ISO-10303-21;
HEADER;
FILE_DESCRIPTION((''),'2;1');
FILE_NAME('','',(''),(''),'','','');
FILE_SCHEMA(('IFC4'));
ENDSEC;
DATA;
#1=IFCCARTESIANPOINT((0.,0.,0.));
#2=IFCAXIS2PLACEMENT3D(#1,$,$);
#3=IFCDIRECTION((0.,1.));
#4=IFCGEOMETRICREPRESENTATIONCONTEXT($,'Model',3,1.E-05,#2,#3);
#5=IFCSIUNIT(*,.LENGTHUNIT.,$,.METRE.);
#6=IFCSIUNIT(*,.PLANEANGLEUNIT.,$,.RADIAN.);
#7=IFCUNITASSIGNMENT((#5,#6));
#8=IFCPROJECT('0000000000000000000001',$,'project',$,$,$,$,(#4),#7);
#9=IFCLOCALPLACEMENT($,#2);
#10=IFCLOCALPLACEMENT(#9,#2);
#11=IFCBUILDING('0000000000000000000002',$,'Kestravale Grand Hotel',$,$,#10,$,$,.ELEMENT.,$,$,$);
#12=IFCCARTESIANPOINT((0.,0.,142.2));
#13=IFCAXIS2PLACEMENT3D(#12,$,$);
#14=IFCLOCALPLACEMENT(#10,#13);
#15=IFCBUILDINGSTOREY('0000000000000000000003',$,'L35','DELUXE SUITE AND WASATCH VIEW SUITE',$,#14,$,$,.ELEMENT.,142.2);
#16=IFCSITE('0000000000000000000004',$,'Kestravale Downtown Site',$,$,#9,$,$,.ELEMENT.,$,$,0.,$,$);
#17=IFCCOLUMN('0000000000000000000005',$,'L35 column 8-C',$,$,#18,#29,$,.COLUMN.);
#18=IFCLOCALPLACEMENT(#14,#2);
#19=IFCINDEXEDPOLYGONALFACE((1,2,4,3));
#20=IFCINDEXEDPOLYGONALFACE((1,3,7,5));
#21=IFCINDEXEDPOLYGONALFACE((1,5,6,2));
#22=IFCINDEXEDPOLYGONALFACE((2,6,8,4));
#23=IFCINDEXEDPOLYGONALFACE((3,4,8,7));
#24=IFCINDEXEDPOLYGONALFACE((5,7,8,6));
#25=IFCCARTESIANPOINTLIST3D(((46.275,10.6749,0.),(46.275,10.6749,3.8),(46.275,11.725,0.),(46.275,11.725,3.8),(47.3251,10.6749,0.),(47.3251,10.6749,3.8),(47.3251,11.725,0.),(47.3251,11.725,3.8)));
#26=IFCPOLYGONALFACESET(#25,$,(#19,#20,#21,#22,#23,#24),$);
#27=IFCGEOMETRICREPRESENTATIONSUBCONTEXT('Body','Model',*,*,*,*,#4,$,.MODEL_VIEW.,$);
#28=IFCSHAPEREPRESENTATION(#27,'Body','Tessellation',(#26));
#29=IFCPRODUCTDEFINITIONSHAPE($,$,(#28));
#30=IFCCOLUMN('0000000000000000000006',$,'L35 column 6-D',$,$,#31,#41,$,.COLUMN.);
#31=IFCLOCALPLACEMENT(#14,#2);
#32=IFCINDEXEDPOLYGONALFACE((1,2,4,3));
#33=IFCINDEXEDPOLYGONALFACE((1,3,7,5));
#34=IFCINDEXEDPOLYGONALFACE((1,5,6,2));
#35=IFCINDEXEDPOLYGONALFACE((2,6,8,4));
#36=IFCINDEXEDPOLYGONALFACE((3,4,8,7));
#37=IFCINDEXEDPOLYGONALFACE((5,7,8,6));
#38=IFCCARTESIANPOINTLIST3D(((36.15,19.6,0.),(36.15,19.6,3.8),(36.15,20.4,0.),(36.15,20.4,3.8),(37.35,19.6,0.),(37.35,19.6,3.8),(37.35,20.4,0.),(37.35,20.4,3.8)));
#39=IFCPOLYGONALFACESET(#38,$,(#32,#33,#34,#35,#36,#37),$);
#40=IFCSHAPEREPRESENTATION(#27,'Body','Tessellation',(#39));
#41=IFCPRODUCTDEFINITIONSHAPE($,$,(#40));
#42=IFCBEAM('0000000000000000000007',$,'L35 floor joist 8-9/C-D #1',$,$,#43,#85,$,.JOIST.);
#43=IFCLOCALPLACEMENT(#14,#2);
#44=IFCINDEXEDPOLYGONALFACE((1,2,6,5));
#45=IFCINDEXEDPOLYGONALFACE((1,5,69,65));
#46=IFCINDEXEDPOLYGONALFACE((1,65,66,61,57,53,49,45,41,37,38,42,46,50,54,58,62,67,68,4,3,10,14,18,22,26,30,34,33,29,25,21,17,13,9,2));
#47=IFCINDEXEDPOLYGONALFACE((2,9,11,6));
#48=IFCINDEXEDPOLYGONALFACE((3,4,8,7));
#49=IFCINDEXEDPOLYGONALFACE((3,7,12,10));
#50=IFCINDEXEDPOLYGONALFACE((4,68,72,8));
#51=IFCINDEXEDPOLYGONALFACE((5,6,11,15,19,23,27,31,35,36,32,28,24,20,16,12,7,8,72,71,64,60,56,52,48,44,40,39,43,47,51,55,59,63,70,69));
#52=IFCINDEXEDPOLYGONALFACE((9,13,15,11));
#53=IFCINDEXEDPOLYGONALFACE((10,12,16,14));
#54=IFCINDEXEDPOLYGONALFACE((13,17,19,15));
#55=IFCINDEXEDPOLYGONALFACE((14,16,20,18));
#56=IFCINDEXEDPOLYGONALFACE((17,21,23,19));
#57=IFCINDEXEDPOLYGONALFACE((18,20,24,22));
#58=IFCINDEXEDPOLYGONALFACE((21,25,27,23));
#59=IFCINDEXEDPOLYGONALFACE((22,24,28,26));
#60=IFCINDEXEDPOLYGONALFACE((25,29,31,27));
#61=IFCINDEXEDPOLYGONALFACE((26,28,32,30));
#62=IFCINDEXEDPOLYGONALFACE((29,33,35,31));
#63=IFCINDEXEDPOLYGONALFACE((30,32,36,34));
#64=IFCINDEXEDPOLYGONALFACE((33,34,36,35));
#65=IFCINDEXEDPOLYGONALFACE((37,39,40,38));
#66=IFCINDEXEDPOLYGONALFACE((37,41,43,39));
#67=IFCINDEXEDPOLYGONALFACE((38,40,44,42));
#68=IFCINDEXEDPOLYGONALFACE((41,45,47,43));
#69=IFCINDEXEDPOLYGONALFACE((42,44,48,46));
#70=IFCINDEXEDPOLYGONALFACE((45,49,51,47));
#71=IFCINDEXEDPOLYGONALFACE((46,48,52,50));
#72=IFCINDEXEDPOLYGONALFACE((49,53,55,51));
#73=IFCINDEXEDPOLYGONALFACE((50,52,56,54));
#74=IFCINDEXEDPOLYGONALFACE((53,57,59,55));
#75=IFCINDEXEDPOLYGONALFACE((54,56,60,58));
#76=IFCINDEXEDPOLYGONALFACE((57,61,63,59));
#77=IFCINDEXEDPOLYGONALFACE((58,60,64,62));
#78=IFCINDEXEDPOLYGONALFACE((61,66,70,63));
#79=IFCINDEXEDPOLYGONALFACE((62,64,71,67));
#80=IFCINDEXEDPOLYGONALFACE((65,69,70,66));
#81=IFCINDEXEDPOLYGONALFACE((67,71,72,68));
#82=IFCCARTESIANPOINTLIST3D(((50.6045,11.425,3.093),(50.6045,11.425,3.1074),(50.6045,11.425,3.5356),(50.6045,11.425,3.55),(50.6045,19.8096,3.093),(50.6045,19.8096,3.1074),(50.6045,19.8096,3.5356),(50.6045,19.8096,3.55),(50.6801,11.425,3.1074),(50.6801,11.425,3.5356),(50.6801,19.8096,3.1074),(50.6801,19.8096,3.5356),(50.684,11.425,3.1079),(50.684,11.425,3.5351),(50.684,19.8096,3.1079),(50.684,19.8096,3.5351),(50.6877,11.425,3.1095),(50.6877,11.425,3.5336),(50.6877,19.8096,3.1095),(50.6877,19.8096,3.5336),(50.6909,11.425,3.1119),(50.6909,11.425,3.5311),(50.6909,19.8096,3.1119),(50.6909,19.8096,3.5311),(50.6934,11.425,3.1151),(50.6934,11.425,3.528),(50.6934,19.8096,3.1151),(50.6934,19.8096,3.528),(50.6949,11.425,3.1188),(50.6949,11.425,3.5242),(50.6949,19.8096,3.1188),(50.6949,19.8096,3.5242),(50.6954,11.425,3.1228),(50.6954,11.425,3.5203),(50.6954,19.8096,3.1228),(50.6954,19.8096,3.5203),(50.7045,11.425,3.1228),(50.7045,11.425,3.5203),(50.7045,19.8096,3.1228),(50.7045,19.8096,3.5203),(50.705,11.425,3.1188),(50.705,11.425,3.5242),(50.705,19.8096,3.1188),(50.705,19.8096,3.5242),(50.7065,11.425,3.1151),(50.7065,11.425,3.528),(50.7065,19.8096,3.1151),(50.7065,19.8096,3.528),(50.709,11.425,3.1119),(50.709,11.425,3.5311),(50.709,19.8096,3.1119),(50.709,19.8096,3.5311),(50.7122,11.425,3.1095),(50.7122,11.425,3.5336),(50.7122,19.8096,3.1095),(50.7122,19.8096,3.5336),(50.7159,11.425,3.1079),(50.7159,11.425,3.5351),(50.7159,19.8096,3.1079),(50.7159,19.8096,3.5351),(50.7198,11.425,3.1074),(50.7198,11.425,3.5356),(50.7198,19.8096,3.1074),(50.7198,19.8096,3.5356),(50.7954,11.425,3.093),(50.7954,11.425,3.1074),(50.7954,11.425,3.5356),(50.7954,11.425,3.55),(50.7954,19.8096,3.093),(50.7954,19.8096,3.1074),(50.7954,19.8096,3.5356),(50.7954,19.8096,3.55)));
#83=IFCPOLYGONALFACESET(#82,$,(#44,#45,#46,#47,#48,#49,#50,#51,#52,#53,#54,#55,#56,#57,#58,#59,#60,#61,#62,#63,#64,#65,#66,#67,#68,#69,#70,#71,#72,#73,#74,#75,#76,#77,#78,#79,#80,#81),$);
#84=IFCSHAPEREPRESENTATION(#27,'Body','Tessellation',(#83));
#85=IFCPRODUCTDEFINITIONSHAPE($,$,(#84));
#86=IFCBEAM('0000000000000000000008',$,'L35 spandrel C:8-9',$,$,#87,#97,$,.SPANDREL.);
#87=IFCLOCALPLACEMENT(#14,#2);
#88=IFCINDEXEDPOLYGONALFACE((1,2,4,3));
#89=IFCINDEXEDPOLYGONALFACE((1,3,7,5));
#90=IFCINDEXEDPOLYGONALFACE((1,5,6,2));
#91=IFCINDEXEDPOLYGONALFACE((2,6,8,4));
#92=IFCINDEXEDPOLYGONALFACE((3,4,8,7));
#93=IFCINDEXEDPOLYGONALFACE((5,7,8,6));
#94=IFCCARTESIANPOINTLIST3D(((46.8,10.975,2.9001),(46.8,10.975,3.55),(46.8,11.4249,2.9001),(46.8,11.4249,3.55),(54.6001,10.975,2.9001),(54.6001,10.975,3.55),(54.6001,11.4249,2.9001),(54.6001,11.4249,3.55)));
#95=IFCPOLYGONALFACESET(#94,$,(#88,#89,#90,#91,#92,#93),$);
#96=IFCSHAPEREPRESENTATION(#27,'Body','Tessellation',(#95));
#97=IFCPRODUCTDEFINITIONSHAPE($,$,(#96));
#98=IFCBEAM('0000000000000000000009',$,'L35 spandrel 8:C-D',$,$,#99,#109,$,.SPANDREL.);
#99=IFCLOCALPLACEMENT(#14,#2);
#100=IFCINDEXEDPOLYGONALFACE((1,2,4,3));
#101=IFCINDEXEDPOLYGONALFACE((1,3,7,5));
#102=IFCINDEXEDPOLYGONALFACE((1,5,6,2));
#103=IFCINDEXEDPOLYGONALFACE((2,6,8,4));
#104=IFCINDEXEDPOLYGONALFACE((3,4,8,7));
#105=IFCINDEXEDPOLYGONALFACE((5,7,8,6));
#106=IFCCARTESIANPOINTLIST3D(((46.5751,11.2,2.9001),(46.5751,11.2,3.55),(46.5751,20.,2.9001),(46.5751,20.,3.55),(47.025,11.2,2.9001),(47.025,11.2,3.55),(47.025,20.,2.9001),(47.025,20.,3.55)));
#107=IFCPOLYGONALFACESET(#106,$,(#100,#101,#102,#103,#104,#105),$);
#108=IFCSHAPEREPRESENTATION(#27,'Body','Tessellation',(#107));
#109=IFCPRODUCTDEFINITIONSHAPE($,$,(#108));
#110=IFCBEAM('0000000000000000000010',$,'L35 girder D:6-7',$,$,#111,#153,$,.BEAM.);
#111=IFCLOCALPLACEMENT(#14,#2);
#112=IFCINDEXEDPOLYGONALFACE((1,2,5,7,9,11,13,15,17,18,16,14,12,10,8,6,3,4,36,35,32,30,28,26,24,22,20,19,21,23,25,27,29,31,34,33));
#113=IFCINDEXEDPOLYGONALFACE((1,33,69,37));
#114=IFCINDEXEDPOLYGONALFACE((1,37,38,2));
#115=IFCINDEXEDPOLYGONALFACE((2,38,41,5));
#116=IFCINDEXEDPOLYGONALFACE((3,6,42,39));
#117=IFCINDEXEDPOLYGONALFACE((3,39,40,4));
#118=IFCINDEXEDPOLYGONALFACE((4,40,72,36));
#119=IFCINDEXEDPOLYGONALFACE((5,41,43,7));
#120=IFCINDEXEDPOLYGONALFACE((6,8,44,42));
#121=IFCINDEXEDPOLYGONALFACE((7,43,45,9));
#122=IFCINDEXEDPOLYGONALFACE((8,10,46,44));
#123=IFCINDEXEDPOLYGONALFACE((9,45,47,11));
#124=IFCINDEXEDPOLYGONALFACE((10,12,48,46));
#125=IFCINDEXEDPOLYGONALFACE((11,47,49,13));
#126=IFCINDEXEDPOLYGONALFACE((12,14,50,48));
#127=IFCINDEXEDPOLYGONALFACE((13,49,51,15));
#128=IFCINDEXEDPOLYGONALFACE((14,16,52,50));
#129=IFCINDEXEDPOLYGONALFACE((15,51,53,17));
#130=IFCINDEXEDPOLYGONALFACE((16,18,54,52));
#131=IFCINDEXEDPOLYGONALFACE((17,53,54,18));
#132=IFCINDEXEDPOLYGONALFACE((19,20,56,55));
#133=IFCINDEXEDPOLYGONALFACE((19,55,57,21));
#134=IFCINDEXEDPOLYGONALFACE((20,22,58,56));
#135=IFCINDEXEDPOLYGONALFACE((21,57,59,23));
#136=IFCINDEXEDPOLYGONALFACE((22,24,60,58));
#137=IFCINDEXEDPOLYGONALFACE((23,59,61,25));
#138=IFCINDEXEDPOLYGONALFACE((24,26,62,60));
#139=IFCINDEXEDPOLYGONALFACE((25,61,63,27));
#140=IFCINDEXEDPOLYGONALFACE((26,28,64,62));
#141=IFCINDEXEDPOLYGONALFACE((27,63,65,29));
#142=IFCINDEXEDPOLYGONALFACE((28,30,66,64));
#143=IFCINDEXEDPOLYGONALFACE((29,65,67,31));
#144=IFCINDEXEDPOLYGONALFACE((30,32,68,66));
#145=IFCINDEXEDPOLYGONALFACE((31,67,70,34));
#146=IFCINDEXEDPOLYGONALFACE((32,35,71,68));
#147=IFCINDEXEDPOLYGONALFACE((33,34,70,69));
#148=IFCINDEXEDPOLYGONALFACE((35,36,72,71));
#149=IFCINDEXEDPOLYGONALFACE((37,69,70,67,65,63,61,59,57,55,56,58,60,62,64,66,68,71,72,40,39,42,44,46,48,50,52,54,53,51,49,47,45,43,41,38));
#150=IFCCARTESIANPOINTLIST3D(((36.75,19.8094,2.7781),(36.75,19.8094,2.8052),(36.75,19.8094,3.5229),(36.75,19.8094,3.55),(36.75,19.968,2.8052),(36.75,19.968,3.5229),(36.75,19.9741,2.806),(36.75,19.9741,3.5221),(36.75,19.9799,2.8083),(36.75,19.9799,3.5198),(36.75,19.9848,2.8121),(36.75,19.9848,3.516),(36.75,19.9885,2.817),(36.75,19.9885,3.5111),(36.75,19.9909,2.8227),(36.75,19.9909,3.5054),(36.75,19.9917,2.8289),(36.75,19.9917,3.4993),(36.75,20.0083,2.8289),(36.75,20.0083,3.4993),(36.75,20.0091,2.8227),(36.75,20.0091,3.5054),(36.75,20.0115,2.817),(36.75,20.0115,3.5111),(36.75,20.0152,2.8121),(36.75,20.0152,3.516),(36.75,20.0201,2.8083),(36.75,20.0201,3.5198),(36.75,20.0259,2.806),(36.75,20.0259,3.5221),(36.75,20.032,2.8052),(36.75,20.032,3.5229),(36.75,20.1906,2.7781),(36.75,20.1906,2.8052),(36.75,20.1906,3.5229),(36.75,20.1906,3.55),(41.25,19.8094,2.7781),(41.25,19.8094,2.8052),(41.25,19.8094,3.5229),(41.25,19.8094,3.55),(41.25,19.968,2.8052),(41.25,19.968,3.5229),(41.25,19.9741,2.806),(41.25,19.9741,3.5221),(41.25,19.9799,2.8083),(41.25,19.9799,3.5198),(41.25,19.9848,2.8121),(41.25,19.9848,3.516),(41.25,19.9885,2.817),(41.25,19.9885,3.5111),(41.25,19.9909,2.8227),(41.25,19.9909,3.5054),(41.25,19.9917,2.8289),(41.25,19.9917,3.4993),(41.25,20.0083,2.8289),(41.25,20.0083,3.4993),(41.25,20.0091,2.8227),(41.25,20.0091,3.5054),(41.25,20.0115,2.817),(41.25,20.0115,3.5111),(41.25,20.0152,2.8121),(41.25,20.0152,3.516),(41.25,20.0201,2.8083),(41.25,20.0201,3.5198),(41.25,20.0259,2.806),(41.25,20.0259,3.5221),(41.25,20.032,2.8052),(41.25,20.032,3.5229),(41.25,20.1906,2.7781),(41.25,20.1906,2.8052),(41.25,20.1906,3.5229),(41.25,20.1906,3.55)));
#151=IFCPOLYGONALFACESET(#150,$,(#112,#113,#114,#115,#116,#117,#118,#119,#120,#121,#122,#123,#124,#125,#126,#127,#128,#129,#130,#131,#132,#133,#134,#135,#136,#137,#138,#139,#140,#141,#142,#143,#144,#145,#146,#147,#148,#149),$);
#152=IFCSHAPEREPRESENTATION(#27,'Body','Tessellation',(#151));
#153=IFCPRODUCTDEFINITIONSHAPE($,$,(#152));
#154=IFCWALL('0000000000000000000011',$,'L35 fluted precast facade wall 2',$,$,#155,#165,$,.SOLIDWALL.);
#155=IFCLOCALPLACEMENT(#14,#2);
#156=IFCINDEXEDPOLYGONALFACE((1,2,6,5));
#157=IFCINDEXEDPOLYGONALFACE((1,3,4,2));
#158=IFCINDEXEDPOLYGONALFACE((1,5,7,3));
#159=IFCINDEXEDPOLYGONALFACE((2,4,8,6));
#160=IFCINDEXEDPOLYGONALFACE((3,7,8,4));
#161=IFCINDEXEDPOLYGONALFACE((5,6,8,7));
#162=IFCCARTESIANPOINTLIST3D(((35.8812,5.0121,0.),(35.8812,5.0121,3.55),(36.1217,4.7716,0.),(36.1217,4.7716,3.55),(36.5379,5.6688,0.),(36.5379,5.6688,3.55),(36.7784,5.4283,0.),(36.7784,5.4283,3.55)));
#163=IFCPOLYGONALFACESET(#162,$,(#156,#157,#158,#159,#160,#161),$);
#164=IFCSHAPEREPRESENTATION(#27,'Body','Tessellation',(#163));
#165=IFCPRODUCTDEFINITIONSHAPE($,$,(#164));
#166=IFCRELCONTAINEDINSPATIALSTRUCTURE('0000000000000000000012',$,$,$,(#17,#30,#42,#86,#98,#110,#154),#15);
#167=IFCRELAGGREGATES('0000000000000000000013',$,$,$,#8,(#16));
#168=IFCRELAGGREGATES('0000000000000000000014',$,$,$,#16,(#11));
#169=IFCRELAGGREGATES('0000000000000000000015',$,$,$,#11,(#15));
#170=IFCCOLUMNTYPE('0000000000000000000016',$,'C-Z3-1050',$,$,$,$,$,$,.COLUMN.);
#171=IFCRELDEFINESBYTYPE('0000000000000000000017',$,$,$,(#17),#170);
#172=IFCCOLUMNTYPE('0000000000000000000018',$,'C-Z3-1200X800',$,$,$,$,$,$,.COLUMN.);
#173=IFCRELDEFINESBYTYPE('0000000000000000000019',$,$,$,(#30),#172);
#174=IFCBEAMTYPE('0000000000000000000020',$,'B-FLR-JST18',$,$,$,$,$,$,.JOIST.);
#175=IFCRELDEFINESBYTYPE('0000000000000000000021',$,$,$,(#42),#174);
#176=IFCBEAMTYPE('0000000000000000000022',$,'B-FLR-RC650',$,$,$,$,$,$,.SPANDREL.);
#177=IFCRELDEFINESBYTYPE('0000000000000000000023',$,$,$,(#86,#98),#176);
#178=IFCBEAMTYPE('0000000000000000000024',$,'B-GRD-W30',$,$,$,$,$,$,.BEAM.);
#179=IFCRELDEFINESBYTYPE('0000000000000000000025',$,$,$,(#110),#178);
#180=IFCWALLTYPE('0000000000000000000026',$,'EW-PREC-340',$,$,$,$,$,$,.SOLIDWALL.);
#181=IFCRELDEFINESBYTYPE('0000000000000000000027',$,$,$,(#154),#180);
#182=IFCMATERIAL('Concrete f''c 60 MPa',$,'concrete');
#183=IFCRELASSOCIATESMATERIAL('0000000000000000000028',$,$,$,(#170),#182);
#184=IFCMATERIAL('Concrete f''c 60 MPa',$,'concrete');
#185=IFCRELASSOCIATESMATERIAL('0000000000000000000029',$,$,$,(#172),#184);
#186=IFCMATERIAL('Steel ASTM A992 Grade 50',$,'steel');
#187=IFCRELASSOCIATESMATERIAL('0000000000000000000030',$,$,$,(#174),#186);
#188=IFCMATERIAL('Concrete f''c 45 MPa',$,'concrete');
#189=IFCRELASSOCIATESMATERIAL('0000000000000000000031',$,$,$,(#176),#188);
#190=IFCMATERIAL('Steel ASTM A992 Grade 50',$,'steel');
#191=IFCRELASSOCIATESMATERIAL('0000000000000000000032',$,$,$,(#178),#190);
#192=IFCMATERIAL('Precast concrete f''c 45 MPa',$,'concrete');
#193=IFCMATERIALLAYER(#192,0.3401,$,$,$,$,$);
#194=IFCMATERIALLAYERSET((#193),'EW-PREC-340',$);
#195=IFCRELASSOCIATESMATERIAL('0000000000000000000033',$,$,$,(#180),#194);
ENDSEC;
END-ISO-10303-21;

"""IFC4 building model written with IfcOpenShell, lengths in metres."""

from ifc_helpers import new_model, si_unit, direction, frame, frame_2d, origin, origin_2d, place, context, subcontext, project, spatial, rectangle, i_section, extrude, material, layer, layer_set, material_profile, profile_set, type_object, element, save


model = new_model("IFC4")

# Units and contexts
model_context = context("Model", 3, precision=1e-05, world=origin(), true_north=direction((0.0, 1.0)))
body_context = subcontext(model_context, "Body", "Model", "MODEL_VIEW")
ifc_project = project(units=[si_unit("LENGTHUNIT", "METRE"), si_unit("PLANEANGLEUNIT", "RADIAN")], contexts=[model_context])

# Site, building, storey
site_placement = place(None, origin())
site = spatial("IfcSite", under=ifc_project, at=site_placement, Name="Kestravale Downtown Site", CompositionType="ELEMENT", RefElevation=0.0)
building_placement = place(site_placement, origin())
building = spatial("IfcBuilding", under=site, at=building_placement, Name="Kestravale Grand Hotel", CompositionType="ELEMENT")
storey_placement = place(building_placement, frame((0.0, 0.0, 142.2)))
storey = spatial("IfcBuildingStorey", under=building, at=storey_placement, Name="L35", Description="DELUXE SUITE AND WASATCH VIEW SUITE", CompositionType="ELEMENT", Elevation=142.2)

# Columns
ifc_material_1 = material(Name="Concrete f'c 60 MPa", Category="concrete")
ifc_material_profile_1 = material_profile(ifc_material_1, rectangle(XDim=1.05, YDim=1.05, at=origin_2d()))
ifc_profile_set_1 = profile_set([ifc_material_profile_1], Name="Concrete f'c 60 MPa")
column_type_1 = type_object("IfcColumnType", Name="C-Z3-1050", PredefinedType="COLUMN", material=ifc_profile_set_1)
column_1_placement = place(storey_placement, frame((46.8, 11.2, 0.0), z_axis=(0.0, 0.0, 1.0), x_axis=(1.0, 0.0, 0.0)))
element("IfcColumn", 1, at=column_1_placement, inside=storey, type_object=column_type_1, Name="L35 column 8-C", PredefinedType="COLUMN", context=body_context, shape_type="SweptSolid", body=[
    extrude(rectangle(XDim=1.05, YDim=1.05, at=origin_2d()), origin(), (0.0, 0.0, 1.0), 3.8),
])
ifc_material_2 = material(Name="Concrete f'c 60 MPa", Category="concrete")
ifc_material_profile_2 = material_profile(ifc_material_2, rectangle(XDim=1.2, YDim=0.8, at=origin_2d()))
ifc_profile_set_2 = profile_set([ifc_material_profile_2], Name="Concrete f'c 60 MPa")
column_type_2 = type_object("IfcColumnType", Name="C-Z3-1200X800", PredefinedType="COLUMN", material=ifc_profile_set_2)
column_2_placement = place(storey_placement, frame((36.75, 20.0, 0.0), z_axis=(0.0, 0.0, 1.0), x_axis=(1.0, 0.0, 0.0)))
element("IfcColumn", 2, at=column_2_placement, inside=storey, type_object=column_type_2, Name="L35 column 6-D", PredefinedType="COLUMN", context=body_context, shape_type="SweptSolid", body=[
    extrude(rectangle(XDim=1.2, YDim=0.8, at=origin_2d()), origin(), (0.0, 0.0, 1.0), 3.8),
])

# Beams
ifc_material_3 = material(Name="Steel ASTM A992 Grade 50", Category="steel")
ifc_material_profile_3 = material_profile(ifc_material_3, i_section(OverallWidth=0.1909, OverallDepth=0.457, WebThickness=0.009, FlangeThickness=0.0144, FilletRadius=0.0154, at=origin_2d()))
ifc_profile_set_3 = profile_set([ifc_material_profile_3], Name="Steel ASTM A992 Grade 50")
beam_type_1 = type_object("IfcBeamType", Name="B-FLR-JST18", PredefinedType="JOIST", material=ifc_profile_set_3)
beam_1_placement = place(storey_placement, frame((50.7, 11.425, 3.3215), z_axis=(0.0, 1.0, 0.0), x_axis=(-1.0, 0.0, 0.0)))
element("IfcBeam", 3, at=beam_1_placement, inside=storey, type_object=beam_type_1, Name="L35 floor joist 8-9/C-D #1", PredefinedType="JOIST", context=body_context, shape_type="SweptSolid", body=[
    extrude(i_section(OverallWidth=0.1909, OverallDepth=0.457, WebThickness=0.009, FlangeThickness=0.0144, FilletRadius=0.0154, at=origin_2d()), origin(), (0.0, 0.0, 1.0), 8.3845),
])
ifc_material_4 = material(Name="Concrete f'c 45 MPa", Category="concrete")
ifc_material_profile_4 = material_profile(ifc_material_4, rectangle(XDim=0.45, YDim=0.6499, at=origin_2d()))
ifc_profile_set_4 = profile_set([ifc_material_profile_4], Name="Concrete f'c 45 MPa")
beam_type_2 = type_object("IfcBeamType", Name="B-FLR-RC650", PredefinedType="SPANDREL", material=ifc_profile_set_4)
beam_2_placement = place(storey_placement, frame((46.8, 11.2, 3.2251), z_axis=(1.0, 0.0, 0.0), x_axis=(0.0, 1.0, 0.0)))
element("IfcBeam", 4, at=beam_2_placement, inside=storey, type_object=beam_type_2, Name="L35 spandrel C:8-9", PredefinedType="SPANDREL", context=body_context, shape_type="SweptSolid", body=[
    extrude(rectangle(XDim=0.45, YDim=0.6499, at=origin_2d()), origin(), (0.0, 0.0, 1.0), 7.8),
])
beam_3_placement = place(storey_placement, frame((46.8, 11.2, 3.2251), z_axis=(0.0, 1.0, 0.0), x_axis=(-1.0, 0.0, 0.0)))
element("IfcBeam", 5, at=beam_3_placement, inside=storey, type_object=beam_type_2, Name="L35 spandrel 8:C-D", PredefinedType="SPANDREL", context=body_context, shape_type="SweptSolid", body=[
    extrude(rectangle(XDim=0.45, YDim=0.6499, at=origin_2d()), origin(), (0.0, 0.0, 1.0), 8.8),
])
ifc_material_5 = material(Name="Steel ASTM A992 Grade 50", Category="steel")
ifc_material_profile_5 = material_profile(ifc_material_5, i_section(OverallWidth=0.3811, OverallDepth=0.772, WebThickness=0.0166, FlangeThickness=0.0271, FilletRadius=0.0237, at=origin_2d()))
ifc_profile_set_5 = profile_set([ifc_material_profile_5], Name="Steel ASTM A992 Grade 50")
beam_type_3 = type_object("IfcBeamType", Name="B-GRD-W30", PredefinedType="BEAM", material=ifc_profile_set_5)
beam_4_placement = place(storey_placement, frame((36.75, 20.0, 3.1641), z_axis=(1.0, 0.0, 0.0), x_axis=(0.0, 1.0, 0.0)))
element("IfcBeam", 6, at=beam_4_placement, inside=storey, type_object=beam_type_3, Name="L35 girder D:6-7", PredefinedType="BEAM", context=body_context, shape_type="SweptSolid", body=[
    extrude(i_section(OverallWidth=0.3811, OverallDepth=0.772, WebThickness=0.0166, FlangeThickness=0.0271, FilletRadius=0.0237, at=origin_2d()), origin(), (0.0, 0.0, 1.0), 4.5),
])

# Wall
ifc_material_6 = material(Name="Precast concrete f'c 45 MPa", Category="concrete")
ifc_layer_1 = layer(ifc_material_6, 0.3401)
ifc_layer_set_1 = layer_set([ifc_layer_1], Name="EW-PREC-340")
wall_type_1 = type_object("IfcWallType", Name="EW-PREC-340", PredefinedType="SOLIDWALL", material=ifc_layer_set_1)
wall_1_placement = place(storey_placement, frame((36.0015, 4.8918, 0.0), z_axis=(0.0, 0.0, 1.0), x_axis=(0.707107, 0.707107, 0.0)))
element("IfcWall", 7, at=wall_1_placement, inside=storey, type_object=wall_type_1, Name="L35 fluted precast facade wall 2", PredefinedType="SOLIDWALL", context=body_context, shape_type="SweptSolid", body=[
    extrude(rectangle(XDim=0.9287, YDim=0.3401, at=frame_2d((0.4644, 0.0))), origin(), (0.0, 0.0, 1.0), 3.55),
])

save(model, "model.ifc")
